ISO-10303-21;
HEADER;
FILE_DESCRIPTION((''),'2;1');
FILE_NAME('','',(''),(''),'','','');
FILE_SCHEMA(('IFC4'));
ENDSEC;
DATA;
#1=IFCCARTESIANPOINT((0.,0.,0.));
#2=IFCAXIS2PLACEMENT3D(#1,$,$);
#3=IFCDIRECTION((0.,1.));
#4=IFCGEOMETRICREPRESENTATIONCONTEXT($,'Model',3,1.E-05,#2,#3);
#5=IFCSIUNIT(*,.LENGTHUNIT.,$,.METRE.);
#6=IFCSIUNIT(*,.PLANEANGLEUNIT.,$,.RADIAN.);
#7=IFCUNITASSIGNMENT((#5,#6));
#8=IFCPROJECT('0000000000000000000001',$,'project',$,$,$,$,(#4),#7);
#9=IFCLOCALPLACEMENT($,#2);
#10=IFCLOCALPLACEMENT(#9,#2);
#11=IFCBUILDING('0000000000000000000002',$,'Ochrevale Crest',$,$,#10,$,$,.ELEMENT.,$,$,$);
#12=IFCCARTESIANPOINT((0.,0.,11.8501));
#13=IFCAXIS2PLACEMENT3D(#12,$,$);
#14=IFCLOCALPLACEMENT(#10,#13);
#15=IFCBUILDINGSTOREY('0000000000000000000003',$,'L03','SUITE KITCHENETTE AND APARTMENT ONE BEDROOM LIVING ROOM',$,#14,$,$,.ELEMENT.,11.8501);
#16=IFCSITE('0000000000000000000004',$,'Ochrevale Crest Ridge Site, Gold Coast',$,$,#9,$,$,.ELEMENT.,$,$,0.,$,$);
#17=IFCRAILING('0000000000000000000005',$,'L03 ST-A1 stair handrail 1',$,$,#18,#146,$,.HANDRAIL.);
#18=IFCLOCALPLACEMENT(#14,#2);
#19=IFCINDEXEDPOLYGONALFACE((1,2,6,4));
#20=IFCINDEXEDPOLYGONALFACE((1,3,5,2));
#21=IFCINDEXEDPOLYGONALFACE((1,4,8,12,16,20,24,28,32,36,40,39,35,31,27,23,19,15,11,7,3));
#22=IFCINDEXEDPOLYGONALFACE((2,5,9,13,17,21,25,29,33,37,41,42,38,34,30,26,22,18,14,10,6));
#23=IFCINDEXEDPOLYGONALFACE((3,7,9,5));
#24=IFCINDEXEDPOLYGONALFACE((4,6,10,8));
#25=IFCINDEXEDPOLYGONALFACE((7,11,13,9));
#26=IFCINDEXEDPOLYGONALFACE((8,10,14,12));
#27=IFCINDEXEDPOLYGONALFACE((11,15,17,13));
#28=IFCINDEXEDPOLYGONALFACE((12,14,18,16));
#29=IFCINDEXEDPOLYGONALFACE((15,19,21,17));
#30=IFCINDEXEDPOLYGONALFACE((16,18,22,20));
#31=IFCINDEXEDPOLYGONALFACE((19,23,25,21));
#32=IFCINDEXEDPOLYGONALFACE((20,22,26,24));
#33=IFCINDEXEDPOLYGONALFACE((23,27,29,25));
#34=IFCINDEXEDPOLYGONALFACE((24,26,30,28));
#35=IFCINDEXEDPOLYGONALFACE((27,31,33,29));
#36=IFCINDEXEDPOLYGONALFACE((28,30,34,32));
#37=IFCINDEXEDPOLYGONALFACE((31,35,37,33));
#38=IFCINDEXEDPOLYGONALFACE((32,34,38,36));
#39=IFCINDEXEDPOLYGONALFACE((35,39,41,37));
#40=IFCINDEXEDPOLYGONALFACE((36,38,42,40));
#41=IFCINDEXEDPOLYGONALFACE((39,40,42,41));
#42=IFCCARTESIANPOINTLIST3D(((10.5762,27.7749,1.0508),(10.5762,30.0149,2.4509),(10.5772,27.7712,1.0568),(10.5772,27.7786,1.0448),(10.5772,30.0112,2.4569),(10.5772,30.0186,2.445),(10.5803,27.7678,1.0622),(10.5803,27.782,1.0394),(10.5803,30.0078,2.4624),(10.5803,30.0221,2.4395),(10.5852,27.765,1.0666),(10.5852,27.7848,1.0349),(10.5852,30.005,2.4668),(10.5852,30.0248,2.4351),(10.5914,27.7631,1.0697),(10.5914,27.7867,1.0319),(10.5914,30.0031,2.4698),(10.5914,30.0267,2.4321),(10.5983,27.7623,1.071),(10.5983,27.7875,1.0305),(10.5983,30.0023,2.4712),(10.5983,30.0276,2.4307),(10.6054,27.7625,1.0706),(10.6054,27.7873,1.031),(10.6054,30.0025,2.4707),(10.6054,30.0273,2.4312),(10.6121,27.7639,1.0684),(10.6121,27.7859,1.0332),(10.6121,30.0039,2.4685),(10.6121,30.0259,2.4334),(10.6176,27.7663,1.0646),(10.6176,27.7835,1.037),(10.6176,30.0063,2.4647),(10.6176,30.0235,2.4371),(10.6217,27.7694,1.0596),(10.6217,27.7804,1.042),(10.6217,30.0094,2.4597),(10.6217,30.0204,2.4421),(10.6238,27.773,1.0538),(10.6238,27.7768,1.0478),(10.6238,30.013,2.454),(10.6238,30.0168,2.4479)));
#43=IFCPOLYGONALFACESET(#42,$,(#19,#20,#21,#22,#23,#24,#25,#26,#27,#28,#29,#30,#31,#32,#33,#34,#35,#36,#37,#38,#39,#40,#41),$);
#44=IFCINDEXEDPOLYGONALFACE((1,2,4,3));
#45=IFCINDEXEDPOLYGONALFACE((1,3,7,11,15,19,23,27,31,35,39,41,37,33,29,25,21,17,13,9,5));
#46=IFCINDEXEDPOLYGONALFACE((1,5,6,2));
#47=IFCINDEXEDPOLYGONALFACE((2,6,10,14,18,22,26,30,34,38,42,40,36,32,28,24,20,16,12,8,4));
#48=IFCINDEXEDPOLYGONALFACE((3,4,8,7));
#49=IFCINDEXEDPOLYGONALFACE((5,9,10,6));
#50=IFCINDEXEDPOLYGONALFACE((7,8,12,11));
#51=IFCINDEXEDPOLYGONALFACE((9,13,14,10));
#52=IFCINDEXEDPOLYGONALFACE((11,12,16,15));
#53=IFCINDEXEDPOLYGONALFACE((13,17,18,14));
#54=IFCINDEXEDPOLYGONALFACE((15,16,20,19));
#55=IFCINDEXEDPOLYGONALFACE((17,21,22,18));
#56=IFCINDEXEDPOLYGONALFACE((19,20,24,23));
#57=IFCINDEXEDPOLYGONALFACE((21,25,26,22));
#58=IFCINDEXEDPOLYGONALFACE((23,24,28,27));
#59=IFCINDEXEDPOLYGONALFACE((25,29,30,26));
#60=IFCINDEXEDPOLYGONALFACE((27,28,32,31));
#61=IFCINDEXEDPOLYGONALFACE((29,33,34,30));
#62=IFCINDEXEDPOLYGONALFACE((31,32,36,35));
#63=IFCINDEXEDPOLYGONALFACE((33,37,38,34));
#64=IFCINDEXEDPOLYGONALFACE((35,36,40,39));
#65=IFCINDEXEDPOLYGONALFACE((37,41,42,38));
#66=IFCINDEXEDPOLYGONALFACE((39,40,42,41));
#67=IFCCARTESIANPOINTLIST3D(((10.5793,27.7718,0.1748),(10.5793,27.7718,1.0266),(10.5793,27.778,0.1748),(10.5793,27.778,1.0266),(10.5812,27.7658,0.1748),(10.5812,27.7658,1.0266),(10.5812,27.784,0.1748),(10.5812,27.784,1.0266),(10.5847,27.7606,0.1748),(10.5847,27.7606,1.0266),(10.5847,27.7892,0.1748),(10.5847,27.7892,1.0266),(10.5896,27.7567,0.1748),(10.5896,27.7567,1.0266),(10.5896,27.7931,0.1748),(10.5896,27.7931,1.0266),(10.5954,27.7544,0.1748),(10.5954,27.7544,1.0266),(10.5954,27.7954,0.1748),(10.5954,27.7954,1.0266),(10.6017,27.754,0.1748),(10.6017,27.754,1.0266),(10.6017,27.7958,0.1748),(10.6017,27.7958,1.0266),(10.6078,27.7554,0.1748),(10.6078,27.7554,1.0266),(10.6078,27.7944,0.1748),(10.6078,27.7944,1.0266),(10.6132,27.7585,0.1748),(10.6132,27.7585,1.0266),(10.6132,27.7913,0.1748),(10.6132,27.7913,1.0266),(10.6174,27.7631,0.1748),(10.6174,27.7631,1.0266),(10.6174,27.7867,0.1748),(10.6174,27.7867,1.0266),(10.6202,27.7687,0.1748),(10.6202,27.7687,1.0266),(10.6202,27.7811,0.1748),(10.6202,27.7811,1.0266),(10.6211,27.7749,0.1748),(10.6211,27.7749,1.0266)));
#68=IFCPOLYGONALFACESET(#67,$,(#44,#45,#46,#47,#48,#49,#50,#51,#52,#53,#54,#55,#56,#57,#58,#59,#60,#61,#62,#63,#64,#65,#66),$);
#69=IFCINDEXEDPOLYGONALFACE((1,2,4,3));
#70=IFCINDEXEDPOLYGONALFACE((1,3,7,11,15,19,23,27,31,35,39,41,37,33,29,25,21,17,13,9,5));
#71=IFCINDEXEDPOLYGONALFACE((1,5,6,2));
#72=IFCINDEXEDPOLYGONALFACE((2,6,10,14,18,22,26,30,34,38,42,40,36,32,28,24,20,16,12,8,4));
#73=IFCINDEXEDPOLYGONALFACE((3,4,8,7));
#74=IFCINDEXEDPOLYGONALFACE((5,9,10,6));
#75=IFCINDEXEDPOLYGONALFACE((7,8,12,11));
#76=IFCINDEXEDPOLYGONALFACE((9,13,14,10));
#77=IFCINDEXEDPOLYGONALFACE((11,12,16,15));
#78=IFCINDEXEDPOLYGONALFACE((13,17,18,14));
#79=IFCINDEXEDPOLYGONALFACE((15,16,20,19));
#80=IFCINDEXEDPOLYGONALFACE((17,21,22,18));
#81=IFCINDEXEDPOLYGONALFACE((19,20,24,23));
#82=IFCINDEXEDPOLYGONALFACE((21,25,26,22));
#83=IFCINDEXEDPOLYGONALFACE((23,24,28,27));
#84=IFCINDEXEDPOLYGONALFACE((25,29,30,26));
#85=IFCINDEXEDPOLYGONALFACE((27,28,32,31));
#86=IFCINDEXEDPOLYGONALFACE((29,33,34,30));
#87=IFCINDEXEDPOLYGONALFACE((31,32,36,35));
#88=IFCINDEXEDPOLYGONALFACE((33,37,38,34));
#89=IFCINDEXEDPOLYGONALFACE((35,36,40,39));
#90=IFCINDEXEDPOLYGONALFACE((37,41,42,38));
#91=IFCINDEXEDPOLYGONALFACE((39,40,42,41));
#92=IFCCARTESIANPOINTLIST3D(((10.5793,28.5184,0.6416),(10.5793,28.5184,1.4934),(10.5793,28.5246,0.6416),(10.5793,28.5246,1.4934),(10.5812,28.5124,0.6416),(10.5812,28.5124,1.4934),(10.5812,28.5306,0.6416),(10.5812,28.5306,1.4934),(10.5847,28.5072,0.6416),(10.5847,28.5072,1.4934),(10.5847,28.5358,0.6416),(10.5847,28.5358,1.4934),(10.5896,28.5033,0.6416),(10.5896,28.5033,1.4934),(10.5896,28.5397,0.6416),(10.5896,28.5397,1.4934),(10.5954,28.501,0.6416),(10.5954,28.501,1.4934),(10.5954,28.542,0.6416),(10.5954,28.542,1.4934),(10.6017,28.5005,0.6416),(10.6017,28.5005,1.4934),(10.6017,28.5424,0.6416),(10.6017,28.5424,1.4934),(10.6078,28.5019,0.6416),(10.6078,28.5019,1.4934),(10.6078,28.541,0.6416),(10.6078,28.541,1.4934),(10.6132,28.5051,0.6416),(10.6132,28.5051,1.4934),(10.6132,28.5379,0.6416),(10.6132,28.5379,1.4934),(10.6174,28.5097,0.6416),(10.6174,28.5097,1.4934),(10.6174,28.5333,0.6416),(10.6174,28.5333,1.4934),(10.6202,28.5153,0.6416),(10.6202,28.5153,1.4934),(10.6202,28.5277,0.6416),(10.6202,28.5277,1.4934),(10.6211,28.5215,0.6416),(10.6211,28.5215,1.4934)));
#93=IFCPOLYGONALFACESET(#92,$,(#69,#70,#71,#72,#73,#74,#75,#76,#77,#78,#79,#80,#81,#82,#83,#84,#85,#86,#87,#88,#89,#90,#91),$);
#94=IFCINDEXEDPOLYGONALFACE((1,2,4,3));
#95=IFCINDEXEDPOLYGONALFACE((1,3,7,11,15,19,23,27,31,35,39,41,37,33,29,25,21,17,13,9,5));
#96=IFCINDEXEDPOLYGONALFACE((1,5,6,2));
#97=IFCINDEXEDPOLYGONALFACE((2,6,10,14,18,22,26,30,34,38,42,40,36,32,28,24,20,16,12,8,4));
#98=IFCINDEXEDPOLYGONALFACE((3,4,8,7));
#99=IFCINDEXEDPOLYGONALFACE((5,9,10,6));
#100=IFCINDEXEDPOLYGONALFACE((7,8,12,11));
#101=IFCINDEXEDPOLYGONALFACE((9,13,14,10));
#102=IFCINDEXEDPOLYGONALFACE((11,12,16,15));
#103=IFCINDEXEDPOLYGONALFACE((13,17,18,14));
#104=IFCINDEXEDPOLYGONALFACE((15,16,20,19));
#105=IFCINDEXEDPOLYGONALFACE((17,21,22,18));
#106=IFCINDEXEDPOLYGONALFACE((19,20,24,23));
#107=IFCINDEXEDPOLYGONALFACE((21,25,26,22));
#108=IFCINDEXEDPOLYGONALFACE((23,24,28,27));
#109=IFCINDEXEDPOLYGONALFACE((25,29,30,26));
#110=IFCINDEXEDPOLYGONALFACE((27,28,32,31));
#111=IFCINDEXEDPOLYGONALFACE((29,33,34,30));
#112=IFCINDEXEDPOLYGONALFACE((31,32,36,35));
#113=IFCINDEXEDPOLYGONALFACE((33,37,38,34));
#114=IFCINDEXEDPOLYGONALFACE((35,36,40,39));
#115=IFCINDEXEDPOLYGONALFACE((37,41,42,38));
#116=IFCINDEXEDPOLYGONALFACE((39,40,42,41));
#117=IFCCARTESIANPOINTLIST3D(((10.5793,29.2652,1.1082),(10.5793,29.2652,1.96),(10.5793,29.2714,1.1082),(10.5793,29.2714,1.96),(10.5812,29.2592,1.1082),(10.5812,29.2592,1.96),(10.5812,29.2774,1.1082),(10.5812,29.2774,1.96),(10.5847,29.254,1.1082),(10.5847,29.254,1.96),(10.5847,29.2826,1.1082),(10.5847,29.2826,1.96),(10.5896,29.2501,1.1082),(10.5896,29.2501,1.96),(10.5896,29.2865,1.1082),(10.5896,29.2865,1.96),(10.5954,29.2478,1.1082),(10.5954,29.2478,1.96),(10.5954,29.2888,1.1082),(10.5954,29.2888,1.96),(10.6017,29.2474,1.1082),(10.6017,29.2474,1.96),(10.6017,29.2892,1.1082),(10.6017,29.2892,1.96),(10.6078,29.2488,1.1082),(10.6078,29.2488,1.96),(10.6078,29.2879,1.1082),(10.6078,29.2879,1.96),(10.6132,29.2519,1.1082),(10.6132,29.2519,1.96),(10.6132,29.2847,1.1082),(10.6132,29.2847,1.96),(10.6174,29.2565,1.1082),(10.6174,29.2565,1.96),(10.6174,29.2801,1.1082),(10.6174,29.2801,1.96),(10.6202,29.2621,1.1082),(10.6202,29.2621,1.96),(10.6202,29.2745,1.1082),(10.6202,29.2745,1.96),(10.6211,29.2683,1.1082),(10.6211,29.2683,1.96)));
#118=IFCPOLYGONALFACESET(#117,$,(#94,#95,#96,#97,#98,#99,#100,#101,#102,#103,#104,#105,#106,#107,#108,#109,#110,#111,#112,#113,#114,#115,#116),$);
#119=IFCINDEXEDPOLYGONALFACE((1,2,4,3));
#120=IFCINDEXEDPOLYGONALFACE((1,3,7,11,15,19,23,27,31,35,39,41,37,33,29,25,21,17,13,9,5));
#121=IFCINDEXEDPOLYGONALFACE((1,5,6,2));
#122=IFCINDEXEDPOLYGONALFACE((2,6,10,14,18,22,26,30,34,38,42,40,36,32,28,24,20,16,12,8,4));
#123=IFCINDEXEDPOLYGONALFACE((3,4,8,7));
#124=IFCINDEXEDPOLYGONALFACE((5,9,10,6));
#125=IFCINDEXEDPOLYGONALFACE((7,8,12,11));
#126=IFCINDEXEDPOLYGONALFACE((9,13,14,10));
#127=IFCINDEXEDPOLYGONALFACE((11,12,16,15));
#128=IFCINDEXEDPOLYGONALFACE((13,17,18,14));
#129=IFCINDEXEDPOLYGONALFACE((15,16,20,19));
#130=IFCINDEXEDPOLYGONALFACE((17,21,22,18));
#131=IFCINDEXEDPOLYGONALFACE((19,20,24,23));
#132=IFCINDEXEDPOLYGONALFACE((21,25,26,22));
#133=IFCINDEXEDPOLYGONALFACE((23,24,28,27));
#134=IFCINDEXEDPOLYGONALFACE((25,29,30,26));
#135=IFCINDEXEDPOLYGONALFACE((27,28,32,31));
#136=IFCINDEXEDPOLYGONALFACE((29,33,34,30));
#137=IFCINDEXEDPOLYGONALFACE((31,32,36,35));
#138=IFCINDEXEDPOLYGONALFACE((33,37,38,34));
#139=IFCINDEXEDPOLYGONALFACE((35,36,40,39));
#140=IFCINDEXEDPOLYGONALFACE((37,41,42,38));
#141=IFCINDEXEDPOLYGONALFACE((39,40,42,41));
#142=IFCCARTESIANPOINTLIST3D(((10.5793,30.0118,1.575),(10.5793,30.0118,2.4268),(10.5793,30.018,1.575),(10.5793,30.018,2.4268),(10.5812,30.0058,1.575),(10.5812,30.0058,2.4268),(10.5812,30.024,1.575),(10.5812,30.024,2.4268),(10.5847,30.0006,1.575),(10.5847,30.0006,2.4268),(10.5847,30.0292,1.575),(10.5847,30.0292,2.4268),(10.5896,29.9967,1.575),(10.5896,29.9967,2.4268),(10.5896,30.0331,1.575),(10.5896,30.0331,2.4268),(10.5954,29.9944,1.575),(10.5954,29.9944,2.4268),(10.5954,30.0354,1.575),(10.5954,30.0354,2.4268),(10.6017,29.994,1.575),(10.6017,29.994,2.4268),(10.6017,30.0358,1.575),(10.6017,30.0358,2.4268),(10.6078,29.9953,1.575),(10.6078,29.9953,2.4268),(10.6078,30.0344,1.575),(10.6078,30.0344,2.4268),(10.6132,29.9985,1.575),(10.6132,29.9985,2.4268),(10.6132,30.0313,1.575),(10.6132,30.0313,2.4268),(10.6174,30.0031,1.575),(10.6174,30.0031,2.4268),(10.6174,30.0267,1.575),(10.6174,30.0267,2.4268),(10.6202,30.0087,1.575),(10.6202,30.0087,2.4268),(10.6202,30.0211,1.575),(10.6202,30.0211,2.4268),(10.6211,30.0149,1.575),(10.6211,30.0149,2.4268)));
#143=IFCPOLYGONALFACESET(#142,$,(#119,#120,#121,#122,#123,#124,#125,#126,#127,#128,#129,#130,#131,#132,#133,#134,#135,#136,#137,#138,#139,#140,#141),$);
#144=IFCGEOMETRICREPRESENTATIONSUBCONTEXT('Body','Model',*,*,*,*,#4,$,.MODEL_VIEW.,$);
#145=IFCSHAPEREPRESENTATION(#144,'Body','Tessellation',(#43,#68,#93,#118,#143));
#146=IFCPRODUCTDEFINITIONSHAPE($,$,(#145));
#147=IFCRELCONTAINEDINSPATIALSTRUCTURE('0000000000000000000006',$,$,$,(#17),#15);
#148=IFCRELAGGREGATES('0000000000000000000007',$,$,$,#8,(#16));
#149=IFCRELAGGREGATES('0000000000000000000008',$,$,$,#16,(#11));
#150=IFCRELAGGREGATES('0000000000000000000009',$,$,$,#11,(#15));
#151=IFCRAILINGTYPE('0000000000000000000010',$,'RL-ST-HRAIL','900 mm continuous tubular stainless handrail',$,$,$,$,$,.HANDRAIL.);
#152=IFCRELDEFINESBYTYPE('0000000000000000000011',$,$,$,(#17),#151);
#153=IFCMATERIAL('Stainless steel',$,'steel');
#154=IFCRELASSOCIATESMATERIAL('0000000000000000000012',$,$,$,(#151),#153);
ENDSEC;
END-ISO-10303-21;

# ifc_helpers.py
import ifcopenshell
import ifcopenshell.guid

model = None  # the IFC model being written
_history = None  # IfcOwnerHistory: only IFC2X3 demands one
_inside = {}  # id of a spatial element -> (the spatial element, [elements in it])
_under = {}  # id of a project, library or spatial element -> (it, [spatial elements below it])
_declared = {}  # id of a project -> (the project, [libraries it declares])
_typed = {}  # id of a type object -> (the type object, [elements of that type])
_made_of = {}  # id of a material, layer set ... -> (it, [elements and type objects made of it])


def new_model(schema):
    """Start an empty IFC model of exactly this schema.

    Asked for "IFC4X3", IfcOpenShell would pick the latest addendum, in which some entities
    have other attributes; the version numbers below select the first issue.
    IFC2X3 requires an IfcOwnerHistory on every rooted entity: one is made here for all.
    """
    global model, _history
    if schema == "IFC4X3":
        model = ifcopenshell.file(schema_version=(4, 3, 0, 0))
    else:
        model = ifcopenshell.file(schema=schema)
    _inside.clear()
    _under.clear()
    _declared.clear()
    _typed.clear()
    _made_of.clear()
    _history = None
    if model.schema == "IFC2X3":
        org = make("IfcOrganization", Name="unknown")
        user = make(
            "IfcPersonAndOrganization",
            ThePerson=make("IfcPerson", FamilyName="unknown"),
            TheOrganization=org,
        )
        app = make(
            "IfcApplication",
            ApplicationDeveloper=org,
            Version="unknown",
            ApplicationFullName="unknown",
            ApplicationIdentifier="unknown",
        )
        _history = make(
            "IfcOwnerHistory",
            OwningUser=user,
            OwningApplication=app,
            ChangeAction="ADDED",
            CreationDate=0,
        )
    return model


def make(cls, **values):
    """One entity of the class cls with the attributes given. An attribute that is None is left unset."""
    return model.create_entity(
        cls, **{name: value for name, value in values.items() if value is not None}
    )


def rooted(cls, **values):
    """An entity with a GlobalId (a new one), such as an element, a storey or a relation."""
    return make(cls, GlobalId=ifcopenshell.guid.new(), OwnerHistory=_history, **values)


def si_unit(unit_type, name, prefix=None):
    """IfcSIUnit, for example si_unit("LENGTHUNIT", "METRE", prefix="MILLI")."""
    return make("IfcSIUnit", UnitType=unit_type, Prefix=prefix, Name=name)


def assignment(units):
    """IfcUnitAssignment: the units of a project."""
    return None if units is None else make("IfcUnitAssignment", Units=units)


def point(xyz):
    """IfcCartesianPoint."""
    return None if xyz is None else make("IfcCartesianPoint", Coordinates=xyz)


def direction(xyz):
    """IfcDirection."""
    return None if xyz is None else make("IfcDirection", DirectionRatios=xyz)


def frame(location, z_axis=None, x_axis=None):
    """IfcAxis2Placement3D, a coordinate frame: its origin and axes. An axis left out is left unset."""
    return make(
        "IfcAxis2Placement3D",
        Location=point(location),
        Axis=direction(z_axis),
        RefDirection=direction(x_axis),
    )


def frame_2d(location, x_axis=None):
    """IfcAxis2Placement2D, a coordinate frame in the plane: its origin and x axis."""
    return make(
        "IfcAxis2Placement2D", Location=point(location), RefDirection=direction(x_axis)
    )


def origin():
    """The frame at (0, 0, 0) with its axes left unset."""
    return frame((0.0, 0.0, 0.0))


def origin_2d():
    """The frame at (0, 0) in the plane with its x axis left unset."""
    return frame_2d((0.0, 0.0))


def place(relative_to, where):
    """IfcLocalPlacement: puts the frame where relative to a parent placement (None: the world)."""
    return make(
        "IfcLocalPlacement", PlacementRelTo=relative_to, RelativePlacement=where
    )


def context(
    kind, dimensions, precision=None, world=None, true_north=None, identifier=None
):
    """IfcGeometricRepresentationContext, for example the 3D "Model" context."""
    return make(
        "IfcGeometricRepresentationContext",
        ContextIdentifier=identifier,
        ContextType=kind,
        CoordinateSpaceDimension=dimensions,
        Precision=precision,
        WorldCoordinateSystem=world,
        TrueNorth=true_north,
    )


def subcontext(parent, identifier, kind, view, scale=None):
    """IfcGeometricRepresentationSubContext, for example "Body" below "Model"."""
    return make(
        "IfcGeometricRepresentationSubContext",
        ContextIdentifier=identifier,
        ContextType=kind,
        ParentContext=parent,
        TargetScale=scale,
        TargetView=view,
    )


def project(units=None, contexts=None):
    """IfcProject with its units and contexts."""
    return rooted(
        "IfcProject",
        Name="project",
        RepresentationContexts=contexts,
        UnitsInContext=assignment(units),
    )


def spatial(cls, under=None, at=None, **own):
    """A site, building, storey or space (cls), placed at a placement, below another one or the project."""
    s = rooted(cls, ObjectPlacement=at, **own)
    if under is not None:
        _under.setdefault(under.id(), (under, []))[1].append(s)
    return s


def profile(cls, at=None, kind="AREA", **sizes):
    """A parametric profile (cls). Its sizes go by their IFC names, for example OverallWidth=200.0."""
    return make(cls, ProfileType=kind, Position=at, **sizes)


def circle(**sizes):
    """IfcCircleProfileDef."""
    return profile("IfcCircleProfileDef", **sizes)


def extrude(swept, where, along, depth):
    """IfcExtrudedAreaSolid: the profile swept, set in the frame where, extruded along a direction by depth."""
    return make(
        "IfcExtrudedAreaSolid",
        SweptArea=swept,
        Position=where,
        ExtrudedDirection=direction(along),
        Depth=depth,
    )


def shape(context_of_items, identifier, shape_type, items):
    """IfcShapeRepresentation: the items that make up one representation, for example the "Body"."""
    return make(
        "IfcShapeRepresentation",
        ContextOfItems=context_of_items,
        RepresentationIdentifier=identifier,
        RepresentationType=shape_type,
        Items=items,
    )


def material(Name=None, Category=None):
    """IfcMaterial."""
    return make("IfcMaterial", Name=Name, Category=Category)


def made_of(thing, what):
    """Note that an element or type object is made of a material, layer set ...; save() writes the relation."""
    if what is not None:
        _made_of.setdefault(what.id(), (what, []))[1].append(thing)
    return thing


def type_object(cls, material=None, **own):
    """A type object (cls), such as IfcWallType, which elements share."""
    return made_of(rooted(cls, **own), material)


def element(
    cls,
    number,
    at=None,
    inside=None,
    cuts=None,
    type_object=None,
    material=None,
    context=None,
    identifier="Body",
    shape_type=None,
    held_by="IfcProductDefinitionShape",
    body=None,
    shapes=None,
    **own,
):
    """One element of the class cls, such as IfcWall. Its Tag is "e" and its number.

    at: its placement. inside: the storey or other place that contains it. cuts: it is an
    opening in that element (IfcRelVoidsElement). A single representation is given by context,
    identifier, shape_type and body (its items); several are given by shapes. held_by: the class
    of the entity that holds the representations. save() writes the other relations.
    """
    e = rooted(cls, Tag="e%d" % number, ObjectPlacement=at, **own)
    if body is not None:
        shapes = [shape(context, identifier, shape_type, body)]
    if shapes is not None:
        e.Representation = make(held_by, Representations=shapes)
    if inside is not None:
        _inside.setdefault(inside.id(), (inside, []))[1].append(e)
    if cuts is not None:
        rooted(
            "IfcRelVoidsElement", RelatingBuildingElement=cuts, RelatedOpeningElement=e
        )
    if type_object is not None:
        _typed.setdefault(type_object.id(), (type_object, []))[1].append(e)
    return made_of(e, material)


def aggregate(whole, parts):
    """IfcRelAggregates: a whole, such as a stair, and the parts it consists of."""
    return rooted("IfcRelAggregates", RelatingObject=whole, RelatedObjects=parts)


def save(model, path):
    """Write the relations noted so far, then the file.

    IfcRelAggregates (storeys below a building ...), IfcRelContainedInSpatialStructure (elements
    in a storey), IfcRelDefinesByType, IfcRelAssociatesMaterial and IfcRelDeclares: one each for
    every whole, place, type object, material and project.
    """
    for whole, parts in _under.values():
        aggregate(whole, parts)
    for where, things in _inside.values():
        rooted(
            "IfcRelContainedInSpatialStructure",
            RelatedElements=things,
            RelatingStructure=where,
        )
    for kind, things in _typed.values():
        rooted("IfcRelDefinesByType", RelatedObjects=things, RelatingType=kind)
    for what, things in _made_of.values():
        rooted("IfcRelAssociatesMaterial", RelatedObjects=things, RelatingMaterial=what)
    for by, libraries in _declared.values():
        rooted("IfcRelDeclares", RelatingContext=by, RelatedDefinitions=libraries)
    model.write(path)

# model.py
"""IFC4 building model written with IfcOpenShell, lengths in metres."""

from ifc_helpers import new_model, si_unit, direction, frame, origin, origin_2d, place, context, subcontext, project, spatial, circle, extrude, material, type_object, element, save


model = new_model("IFC4")

# Units and contexts
model_context = context("Model", 3, precision=1e-05, world=origin(), true_north=direction((0.0, 1.0)))
body_context = subcontext(model_context, "Body", "Model", "MODEL_VIEW")
ifc_project = project(units=[si_unit("LENGTHUNIT", "METRE"), si_unit("PLANEANGLEUNIT", "RADIAN")], contexts=[model_context])

# Site, building, storey
site_placement = place(None, origin())
site = spatial("IfcSite", under=ifc_project, at=site_placement, Name="Ochrevale Crest Ridge Site, Gold Coast", CompositionType="ELEMENT", RefElevation=0.0)
building_placement = place(site_placement, origin())
building = spatial("IfcBuilding", under=site, at=building_placement, Name="Ochrevale Crest", CompositionType="ELEMENT")
storey_placement = place(building_placement, frame((0.0, 0.0, 11.8501)))
storey = spatial("IfcBuildingStorey", under=building, at=storey_placement, Name="L03", Description="SUITE KITCHENETTE AND APARTMENT ONE BEDROOM LIVING ROOM", CompositionType="ELEMENT", Elevation=11.8501)

# Railing
ifc_material_1 = material(Name="Stainless steel", Category="steel")
railing_type_1 = type_object("IfcRailingType", Name="RL-ST-HRAIL", Description="900 mm continuous tubular stainless handrail", PredefinedType="HANDRAIL", material=ifc_material_1)
railing_1_placement = place(storey_placement, frame((10.6001, 27.7749, 0.1748)))
element("IfcRailing", 1, at=railing_1_placement, inside=storey, type_object=railing_type_1, Name="L03 ST-A1 stair handrail 1", PredefinedType="HANDRAIL", context=body_context, shape_type="SweptSolid", body=[
    extrude(circle(Radius=0.0239, at=origin_2d()), frame((0.0, 0.0, 0.876), z_axis=(0.0, 0.847972, 0.53004), x_axis=(-1.0, 0.0, 0.0)), (0.0, 0.0, 1.0), 2.6416),
    extrude(circle(Radius=0.021, at=origin_2d()), origin(), (0.0, 0.0, 1.0), 0.8518),
    extrude(circle(Radius=0.021, at=origin_2d()), frame((0.0, 0.7466, 0.4668)), (0.0, 0.0, 1.0), 0.8518),
    extrude(circle(Radius=0.021, at=origin_2d()), frame((0.0, 1.4934, 0.9333)), (0.0, 0.0, 1.0), 0.8518),
    extrude(circle(Radius=0.021, at=origin_2d()), frame((0.0, 2.24, 1.4001)), (0.0, 0.0, 1.0), 0.8518),
])

save(model, "model.ifc")
